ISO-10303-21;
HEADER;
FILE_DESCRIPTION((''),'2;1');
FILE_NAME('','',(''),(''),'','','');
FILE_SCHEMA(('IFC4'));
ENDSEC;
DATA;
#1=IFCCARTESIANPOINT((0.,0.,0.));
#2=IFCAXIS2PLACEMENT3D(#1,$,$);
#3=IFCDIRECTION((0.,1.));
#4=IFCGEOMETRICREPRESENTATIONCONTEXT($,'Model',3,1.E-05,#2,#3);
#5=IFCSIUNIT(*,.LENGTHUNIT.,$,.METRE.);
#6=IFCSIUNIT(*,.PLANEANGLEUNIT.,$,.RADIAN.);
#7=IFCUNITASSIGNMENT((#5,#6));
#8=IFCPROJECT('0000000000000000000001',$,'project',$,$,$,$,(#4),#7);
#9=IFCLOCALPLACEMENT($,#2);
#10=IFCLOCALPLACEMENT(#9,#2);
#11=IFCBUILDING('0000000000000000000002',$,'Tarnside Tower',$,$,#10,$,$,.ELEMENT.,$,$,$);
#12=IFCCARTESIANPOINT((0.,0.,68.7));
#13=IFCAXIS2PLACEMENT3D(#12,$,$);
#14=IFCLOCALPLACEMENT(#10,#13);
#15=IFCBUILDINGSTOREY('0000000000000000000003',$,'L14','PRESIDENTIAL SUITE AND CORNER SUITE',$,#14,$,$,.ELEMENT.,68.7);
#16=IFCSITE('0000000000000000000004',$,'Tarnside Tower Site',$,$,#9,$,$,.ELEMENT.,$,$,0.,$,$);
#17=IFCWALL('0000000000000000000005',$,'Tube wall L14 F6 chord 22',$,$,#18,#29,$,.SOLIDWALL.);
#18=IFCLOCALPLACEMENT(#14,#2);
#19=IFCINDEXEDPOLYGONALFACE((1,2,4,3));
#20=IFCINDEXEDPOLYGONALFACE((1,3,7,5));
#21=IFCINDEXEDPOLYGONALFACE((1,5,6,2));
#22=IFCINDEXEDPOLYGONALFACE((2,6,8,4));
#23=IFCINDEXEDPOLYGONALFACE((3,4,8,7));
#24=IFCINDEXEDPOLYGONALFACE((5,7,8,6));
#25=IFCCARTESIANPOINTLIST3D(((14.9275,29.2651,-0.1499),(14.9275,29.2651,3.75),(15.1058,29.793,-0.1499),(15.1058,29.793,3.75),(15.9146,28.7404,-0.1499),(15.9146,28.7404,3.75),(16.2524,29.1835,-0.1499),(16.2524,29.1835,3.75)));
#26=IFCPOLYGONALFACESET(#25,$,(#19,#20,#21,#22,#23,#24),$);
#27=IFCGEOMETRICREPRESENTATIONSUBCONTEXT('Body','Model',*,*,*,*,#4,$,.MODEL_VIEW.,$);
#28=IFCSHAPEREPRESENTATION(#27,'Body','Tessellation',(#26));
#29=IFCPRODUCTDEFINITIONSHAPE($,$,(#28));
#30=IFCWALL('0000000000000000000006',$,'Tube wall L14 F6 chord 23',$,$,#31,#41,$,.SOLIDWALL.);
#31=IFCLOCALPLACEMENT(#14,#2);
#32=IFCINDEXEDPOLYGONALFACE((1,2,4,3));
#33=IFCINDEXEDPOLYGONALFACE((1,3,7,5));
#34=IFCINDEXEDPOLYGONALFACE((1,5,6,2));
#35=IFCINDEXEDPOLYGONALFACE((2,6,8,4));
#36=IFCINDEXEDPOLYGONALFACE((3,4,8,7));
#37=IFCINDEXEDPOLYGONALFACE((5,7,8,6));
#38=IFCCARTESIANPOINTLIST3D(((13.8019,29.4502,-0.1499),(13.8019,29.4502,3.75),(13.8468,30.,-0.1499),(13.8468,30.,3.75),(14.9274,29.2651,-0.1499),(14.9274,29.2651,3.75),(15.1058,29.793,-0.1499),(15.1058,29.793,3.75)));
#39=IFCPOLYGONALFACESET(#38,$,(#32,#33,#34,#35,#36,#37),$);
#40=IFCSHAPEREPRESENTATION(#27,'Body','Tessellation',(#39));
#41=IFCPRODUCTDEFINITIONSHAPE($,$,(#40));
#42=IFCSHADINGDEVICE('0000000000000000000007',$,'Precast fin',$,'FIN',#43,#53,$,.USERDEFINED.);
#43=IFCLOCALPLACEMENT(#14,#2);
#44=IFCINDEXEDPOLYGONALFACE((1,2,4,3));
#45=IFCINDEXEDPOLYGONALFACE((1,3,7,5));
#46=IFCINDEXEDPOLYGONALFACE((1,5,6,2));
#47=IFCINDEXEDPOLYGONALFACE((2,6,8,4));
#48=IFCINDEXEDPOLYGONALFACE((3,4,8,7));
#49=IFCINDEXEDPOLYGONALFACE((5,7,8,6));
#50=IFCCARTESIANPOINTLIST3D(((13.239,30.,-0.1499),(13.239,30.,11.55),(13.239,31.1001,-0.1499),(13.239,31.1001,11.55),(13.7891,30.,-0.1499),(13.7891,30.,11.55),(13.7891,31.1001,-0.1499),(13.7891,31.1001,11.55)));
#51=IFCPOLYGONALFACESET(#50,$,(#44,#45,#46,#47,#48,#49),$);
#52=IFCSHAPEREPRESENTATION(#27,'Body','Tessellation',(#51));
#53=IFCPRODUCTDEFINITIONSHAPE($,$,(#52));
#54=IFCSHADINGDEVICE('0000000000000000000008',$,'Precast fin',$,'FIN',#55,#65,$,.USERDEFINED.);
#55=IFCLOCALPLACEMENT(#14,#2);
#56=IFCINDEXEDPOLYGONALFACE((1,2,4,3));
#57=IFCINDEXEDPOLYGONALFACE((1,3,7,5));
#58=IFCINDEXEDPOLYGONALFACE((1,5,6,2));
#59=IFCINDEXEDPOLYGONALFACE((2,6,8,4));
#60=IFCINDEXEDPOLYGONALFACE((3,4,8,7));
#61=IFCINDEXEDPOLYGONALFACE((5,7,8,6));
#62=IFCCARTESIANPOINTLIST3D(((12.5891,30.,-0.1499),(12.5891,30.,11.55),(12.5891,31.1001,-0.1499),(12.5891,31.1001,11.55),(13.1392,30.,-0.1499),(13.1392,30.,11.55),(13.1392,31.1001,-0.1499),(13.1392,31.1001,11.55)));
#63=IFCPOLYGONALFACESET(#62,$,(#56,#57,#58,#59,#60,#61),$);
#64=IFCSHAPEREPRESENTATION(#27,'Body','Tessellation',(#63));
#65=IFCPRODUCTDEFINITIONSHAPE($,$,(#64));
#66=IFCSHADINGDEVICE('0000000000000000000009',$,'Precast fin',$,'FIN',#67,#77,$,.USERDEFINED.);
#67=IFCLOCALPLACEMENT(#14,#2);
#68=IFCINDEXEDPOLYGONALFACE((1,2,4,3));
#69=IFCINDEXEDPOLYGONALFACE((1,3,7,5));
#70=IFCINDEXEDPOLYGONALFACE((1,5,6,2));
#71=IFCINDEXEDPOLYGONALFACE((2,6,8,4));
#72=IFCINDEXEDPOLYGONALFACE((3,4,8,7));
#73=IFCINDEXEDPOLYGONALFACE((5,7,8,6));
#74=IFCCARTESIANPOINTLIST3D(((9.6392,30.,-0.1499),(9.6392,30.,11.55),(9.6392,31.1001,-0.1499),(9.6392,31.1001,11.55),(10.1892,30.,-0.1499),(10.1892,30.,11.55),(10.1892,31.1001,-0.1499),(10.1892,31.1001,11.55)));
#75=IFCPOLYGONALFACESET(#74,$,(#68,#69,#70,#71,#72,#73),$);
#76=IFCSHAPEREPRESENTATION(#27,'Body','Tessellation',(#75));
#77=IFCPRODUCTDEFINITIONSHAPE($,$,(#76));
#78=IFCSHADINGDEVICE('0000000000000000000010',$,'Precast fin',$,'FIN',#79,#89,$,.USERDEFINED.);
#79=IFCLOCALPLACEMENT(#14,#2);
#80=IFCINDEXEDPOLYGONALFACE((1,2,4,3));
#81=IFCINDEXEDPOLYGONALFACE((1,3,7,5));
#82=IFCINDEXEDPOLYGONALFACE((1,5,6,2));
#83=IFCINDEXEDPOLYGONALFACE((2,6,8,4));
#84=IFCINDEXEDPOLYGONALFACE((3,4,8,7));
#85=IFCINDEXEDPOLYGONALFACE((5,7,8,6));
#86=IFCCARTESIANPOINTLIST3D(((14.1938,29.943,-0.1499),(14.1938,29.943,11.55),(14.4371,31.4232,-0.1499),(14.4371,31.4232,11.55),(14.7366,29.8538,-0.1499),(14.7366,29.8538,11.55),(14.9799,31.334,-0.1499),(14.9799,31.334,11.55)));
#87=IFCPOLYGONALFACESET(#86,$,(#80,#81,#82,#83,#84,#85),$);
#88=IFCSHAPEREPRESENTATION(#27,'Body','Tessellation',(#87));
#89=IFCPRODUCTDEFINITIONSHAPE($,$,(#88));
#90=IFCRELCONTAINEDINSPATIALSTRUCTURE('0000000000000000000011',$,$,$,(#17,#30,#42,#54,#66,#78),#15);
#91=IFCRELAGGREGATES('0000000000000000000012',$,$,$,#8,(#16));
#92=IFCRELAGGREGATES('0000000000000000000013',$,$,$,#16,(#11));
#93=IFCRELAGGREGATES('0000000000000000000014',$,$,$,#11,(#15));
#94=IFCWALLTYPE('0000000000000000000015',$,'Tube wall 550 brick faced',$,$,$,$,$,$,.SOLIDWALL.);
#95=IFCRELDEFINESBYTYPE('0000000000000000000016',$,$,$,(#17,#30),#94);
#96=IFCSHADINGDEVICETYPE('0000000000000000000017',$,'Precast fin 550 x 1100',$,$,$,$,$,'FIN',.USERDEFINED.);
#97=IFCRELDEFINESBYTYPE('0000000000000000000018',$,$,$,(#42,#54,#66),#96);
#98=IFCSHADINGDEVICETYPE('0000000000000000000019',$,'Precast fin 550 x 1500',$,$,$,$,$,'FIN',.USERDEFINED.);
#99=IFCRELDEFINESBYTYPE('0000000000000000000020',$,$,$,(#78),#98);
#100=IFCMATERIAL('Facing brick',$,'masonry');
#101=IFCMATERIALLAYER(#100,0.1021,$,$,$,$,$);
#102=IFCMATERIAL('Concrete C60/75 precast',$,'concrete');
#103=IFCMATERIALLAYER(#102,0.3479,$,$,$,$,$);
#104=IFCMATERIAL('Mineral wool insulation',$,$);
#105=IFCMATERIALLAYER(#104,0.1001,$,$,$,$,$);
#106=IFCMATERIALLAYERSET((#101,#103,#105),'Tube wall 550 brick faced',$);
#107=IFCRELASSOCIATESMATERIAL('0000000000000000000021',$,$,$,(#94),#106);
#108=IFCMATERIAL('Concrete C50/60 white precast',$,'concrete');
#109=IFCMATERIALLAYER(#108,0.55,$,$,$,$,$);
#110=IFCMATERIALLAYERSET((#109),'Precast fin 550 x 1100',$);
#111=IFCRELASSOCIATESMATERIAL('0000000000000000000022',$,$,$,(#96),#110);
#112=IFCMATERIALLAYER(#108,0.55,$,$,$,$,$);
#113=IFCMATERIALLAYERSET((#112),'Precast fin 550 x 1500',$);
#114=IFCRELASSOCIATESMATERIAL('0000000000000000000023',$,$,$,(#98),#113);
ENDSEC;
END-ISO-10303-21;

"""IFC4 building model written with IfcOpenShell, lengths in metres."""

from ifc_helpers import new_model, si_unit, direction, frame, origin, place, context, subcontext, project, spatial, polyline, outline, extrude, material, layer, layer_set, type_object, element, save


model = new_model("IFC4")

# Units and contexts
model_context = context("Model", 3, precision=1e-05, world=origin(), true_north=direction((0.0, 1.0)))
body_context = subcontext(model_context, "Body", "Model", "MODEL_VIEW")
ifc_project = project(units=[si_unit("LENGTHUNIT", "METRE"), si_unit("PLANEANGLEUNIT", "RADIAN")], contexts=[model_context])

# Site, building, storey
site_placement = place(None, origin())
site = spatial("IfcSite", under=ifc_project, at=site_placement, Name="Tarnside Tower Site", CompositionType="ELEMENT", RefElevation=0.0)
building_placement = place(site_placement, origin())
building = spatial("IfcBuilding", under=site, at=building_placement, Name="Tarnside Tower", CompositionType="ELEMENT")
storey_placement = place(building_placement, frame((0.0, 0.0, 68.7)))
storey = spatial("IfcBuildingStorey", under=building, at=storey_placement, Name="L14", Description="PRESIDENTIAL SUITE AND CORNER SUITE", CompositionType="ELEMENT", Elevation=68.7)

# Shared definitions
ifc_material_1 = material(Name="Facing brick", Category="masonry")
ifc_layer_1 = layer(ifc_material_1, 0.1021)
ifc_material_2 = material(Name="Concrete C60/75 precast", Category="concrete")
ifc_layer_2 = layer(ifc_material_2, 0.3479)
ifc_material_3 = material(Name="Mineral wool insulation")
ifc_layer_3 = layer(ifc_material_3, 0.1001)
ifc_layer_set_1 = layer_set([ifc_layer_1, ifc_layer_2, ifc_layer_3], Name="Tube wall 550 brick faced")
wall_type_1 = type_object("IfcWallType", Name="Tube wall 550 brick faced", PredefinedType="SOLIDWALL", material=ifc_layer_set_1)

# Walls
wall_1_placement = place(storey_placement, frame((16.0835, 28.9619, -0.1499), z_axis=(0.0, 0.0, 1.0), x_axis=(-0.882995, 0.469382, 0.0)))
element("IfcWall", 1, at=wall_1_placement, inside=storey, type_object=wall_type_1, Name="Tube wall L14 F6 chord 22", PredefinedType="SOLIDWALL", context=body_context, shape_type="SweptSolid", body=[
    extrude(outline(polyline([(-0.0452, -0.2749), (1.2534, -0.2749), (1.1631, 0.2749), (0.0452, 0.2749), (-0.0452, -0.2749)])), origin(), (0.0, 0.0, 1.0), 3.8999),
])
wall_2_placement = place(storey_placement, frame((15.0166, 29.5291, -0.1499), z_axis=(0.0, 0.0, 1.0), x_axis=(-0.986747, 0.162269, 0.0)))
element("IfcWall", 2, at=wall_2_placement, inside=storey, type_object=wall_type_1, Name="Tube wall L14 F6 chord 23", PredefinedType="SOLIDWALL", context=body_context, shape_type="SweptSolid", body=[
    extrude(outline(polyline([(-0.0452, -0.2749), (1.2307, -0.2749), (1.1858, 0.2749), (0.0452, 0.2749), (-0.0452, -0.2749)])), origin(), (0.0, 0.0, 1.0), 3.8999),
])

# Shading devices
ifc_material_4 = material(Name="Concrete C50/60 white precast", Category="concrete")
ifc_layer_4 = layer(ifc_material_4, 0.55)
ifc_layer_set_2 = layer_set([ifc_layer_4], Name="Precast fin 550 x 1100")
shading_device_type_1 = type_object("IfcShadingDeviceType", Name="Precast fin 550 x 1100", ElementType="FIN", PredefinedType="USERDEFINED", material=ifc_layer_set_2)
for number, where, z_axis, x_axis, name in (
    (3, (13.5139, 30.0, -0.1499), (1.0, 0.0, 0.0), (0.0, 1.0, 0.0), "Precast fin"),
    (4, (12.864, 30.0, -0.1499), (1.0, 0.0, 0.0), (0.0, 1.0, 0.0), "Precast fin"),
    (5, (9.9141, 30.0, -0.1499), (1.0, 0.0, 0.0), (0.0, 1.0, 0.0), "Precast fin"),
):
    element("IfcShadingDevice", number, at=place(storey_placement, frame(where, z_axis=z_axis, x_axis=x_axis)), inside=storey, type_object=shading_device_type_1, Name=name, ObjectType="FIN", PredefinedType="USERDEFINED", context=body_context, shape_type="SweptSolid", body=[
        extrude(outline(polyline([(0.0, 0.0), (1.1001, 0.0), (1.1001, 11.7), (0.0, 11.7), (0.0, 0.0)])), frame((0.0, 0.0, -0.2749)), (0.0, 0.0, 1.0), 0.55),
    ])
ifc_layer_5 = layer(ifc_material_4, 0.55)
ifc_layer_set_3 = layer_set([ifc_layer_5], Name="Precast fin 550 x 1500")
shading_device_type_2 = type_object("IfcShadingDeviceType", Name="Precast fin 550 x 1500", ElementType="FIN", PredefinedType="USERDEFINED", material=ifc_layer_set_3)
shading_device_placement = place(storey_placement, frame((14.4651, 29.8984, -0.1499), z_axis=(0.986762, -0.162178, 0.0), x_axis=(0.162178, 0.986762, 0.0)))
element("IfcShadingDevice", 6, at=shading_device_placement, inside=storey, type_object=shading_device_type_2, Name="Precast fin", ObjectType="FIN", PredefinedType="USERDEFINED", context=body_context, shape_type="SweptSolid", body=[
    extrude(outline(polyline([(0.0, 0.0), (1.5, 0.0), (1.5, 11.7), (0.0, 11.7), (0.0, 0.0)])), frame((0.0, 0.0, -0.2749)), (0.0, 0.0, 1.0), 0.55),
])

save(model, "model.ifc")
